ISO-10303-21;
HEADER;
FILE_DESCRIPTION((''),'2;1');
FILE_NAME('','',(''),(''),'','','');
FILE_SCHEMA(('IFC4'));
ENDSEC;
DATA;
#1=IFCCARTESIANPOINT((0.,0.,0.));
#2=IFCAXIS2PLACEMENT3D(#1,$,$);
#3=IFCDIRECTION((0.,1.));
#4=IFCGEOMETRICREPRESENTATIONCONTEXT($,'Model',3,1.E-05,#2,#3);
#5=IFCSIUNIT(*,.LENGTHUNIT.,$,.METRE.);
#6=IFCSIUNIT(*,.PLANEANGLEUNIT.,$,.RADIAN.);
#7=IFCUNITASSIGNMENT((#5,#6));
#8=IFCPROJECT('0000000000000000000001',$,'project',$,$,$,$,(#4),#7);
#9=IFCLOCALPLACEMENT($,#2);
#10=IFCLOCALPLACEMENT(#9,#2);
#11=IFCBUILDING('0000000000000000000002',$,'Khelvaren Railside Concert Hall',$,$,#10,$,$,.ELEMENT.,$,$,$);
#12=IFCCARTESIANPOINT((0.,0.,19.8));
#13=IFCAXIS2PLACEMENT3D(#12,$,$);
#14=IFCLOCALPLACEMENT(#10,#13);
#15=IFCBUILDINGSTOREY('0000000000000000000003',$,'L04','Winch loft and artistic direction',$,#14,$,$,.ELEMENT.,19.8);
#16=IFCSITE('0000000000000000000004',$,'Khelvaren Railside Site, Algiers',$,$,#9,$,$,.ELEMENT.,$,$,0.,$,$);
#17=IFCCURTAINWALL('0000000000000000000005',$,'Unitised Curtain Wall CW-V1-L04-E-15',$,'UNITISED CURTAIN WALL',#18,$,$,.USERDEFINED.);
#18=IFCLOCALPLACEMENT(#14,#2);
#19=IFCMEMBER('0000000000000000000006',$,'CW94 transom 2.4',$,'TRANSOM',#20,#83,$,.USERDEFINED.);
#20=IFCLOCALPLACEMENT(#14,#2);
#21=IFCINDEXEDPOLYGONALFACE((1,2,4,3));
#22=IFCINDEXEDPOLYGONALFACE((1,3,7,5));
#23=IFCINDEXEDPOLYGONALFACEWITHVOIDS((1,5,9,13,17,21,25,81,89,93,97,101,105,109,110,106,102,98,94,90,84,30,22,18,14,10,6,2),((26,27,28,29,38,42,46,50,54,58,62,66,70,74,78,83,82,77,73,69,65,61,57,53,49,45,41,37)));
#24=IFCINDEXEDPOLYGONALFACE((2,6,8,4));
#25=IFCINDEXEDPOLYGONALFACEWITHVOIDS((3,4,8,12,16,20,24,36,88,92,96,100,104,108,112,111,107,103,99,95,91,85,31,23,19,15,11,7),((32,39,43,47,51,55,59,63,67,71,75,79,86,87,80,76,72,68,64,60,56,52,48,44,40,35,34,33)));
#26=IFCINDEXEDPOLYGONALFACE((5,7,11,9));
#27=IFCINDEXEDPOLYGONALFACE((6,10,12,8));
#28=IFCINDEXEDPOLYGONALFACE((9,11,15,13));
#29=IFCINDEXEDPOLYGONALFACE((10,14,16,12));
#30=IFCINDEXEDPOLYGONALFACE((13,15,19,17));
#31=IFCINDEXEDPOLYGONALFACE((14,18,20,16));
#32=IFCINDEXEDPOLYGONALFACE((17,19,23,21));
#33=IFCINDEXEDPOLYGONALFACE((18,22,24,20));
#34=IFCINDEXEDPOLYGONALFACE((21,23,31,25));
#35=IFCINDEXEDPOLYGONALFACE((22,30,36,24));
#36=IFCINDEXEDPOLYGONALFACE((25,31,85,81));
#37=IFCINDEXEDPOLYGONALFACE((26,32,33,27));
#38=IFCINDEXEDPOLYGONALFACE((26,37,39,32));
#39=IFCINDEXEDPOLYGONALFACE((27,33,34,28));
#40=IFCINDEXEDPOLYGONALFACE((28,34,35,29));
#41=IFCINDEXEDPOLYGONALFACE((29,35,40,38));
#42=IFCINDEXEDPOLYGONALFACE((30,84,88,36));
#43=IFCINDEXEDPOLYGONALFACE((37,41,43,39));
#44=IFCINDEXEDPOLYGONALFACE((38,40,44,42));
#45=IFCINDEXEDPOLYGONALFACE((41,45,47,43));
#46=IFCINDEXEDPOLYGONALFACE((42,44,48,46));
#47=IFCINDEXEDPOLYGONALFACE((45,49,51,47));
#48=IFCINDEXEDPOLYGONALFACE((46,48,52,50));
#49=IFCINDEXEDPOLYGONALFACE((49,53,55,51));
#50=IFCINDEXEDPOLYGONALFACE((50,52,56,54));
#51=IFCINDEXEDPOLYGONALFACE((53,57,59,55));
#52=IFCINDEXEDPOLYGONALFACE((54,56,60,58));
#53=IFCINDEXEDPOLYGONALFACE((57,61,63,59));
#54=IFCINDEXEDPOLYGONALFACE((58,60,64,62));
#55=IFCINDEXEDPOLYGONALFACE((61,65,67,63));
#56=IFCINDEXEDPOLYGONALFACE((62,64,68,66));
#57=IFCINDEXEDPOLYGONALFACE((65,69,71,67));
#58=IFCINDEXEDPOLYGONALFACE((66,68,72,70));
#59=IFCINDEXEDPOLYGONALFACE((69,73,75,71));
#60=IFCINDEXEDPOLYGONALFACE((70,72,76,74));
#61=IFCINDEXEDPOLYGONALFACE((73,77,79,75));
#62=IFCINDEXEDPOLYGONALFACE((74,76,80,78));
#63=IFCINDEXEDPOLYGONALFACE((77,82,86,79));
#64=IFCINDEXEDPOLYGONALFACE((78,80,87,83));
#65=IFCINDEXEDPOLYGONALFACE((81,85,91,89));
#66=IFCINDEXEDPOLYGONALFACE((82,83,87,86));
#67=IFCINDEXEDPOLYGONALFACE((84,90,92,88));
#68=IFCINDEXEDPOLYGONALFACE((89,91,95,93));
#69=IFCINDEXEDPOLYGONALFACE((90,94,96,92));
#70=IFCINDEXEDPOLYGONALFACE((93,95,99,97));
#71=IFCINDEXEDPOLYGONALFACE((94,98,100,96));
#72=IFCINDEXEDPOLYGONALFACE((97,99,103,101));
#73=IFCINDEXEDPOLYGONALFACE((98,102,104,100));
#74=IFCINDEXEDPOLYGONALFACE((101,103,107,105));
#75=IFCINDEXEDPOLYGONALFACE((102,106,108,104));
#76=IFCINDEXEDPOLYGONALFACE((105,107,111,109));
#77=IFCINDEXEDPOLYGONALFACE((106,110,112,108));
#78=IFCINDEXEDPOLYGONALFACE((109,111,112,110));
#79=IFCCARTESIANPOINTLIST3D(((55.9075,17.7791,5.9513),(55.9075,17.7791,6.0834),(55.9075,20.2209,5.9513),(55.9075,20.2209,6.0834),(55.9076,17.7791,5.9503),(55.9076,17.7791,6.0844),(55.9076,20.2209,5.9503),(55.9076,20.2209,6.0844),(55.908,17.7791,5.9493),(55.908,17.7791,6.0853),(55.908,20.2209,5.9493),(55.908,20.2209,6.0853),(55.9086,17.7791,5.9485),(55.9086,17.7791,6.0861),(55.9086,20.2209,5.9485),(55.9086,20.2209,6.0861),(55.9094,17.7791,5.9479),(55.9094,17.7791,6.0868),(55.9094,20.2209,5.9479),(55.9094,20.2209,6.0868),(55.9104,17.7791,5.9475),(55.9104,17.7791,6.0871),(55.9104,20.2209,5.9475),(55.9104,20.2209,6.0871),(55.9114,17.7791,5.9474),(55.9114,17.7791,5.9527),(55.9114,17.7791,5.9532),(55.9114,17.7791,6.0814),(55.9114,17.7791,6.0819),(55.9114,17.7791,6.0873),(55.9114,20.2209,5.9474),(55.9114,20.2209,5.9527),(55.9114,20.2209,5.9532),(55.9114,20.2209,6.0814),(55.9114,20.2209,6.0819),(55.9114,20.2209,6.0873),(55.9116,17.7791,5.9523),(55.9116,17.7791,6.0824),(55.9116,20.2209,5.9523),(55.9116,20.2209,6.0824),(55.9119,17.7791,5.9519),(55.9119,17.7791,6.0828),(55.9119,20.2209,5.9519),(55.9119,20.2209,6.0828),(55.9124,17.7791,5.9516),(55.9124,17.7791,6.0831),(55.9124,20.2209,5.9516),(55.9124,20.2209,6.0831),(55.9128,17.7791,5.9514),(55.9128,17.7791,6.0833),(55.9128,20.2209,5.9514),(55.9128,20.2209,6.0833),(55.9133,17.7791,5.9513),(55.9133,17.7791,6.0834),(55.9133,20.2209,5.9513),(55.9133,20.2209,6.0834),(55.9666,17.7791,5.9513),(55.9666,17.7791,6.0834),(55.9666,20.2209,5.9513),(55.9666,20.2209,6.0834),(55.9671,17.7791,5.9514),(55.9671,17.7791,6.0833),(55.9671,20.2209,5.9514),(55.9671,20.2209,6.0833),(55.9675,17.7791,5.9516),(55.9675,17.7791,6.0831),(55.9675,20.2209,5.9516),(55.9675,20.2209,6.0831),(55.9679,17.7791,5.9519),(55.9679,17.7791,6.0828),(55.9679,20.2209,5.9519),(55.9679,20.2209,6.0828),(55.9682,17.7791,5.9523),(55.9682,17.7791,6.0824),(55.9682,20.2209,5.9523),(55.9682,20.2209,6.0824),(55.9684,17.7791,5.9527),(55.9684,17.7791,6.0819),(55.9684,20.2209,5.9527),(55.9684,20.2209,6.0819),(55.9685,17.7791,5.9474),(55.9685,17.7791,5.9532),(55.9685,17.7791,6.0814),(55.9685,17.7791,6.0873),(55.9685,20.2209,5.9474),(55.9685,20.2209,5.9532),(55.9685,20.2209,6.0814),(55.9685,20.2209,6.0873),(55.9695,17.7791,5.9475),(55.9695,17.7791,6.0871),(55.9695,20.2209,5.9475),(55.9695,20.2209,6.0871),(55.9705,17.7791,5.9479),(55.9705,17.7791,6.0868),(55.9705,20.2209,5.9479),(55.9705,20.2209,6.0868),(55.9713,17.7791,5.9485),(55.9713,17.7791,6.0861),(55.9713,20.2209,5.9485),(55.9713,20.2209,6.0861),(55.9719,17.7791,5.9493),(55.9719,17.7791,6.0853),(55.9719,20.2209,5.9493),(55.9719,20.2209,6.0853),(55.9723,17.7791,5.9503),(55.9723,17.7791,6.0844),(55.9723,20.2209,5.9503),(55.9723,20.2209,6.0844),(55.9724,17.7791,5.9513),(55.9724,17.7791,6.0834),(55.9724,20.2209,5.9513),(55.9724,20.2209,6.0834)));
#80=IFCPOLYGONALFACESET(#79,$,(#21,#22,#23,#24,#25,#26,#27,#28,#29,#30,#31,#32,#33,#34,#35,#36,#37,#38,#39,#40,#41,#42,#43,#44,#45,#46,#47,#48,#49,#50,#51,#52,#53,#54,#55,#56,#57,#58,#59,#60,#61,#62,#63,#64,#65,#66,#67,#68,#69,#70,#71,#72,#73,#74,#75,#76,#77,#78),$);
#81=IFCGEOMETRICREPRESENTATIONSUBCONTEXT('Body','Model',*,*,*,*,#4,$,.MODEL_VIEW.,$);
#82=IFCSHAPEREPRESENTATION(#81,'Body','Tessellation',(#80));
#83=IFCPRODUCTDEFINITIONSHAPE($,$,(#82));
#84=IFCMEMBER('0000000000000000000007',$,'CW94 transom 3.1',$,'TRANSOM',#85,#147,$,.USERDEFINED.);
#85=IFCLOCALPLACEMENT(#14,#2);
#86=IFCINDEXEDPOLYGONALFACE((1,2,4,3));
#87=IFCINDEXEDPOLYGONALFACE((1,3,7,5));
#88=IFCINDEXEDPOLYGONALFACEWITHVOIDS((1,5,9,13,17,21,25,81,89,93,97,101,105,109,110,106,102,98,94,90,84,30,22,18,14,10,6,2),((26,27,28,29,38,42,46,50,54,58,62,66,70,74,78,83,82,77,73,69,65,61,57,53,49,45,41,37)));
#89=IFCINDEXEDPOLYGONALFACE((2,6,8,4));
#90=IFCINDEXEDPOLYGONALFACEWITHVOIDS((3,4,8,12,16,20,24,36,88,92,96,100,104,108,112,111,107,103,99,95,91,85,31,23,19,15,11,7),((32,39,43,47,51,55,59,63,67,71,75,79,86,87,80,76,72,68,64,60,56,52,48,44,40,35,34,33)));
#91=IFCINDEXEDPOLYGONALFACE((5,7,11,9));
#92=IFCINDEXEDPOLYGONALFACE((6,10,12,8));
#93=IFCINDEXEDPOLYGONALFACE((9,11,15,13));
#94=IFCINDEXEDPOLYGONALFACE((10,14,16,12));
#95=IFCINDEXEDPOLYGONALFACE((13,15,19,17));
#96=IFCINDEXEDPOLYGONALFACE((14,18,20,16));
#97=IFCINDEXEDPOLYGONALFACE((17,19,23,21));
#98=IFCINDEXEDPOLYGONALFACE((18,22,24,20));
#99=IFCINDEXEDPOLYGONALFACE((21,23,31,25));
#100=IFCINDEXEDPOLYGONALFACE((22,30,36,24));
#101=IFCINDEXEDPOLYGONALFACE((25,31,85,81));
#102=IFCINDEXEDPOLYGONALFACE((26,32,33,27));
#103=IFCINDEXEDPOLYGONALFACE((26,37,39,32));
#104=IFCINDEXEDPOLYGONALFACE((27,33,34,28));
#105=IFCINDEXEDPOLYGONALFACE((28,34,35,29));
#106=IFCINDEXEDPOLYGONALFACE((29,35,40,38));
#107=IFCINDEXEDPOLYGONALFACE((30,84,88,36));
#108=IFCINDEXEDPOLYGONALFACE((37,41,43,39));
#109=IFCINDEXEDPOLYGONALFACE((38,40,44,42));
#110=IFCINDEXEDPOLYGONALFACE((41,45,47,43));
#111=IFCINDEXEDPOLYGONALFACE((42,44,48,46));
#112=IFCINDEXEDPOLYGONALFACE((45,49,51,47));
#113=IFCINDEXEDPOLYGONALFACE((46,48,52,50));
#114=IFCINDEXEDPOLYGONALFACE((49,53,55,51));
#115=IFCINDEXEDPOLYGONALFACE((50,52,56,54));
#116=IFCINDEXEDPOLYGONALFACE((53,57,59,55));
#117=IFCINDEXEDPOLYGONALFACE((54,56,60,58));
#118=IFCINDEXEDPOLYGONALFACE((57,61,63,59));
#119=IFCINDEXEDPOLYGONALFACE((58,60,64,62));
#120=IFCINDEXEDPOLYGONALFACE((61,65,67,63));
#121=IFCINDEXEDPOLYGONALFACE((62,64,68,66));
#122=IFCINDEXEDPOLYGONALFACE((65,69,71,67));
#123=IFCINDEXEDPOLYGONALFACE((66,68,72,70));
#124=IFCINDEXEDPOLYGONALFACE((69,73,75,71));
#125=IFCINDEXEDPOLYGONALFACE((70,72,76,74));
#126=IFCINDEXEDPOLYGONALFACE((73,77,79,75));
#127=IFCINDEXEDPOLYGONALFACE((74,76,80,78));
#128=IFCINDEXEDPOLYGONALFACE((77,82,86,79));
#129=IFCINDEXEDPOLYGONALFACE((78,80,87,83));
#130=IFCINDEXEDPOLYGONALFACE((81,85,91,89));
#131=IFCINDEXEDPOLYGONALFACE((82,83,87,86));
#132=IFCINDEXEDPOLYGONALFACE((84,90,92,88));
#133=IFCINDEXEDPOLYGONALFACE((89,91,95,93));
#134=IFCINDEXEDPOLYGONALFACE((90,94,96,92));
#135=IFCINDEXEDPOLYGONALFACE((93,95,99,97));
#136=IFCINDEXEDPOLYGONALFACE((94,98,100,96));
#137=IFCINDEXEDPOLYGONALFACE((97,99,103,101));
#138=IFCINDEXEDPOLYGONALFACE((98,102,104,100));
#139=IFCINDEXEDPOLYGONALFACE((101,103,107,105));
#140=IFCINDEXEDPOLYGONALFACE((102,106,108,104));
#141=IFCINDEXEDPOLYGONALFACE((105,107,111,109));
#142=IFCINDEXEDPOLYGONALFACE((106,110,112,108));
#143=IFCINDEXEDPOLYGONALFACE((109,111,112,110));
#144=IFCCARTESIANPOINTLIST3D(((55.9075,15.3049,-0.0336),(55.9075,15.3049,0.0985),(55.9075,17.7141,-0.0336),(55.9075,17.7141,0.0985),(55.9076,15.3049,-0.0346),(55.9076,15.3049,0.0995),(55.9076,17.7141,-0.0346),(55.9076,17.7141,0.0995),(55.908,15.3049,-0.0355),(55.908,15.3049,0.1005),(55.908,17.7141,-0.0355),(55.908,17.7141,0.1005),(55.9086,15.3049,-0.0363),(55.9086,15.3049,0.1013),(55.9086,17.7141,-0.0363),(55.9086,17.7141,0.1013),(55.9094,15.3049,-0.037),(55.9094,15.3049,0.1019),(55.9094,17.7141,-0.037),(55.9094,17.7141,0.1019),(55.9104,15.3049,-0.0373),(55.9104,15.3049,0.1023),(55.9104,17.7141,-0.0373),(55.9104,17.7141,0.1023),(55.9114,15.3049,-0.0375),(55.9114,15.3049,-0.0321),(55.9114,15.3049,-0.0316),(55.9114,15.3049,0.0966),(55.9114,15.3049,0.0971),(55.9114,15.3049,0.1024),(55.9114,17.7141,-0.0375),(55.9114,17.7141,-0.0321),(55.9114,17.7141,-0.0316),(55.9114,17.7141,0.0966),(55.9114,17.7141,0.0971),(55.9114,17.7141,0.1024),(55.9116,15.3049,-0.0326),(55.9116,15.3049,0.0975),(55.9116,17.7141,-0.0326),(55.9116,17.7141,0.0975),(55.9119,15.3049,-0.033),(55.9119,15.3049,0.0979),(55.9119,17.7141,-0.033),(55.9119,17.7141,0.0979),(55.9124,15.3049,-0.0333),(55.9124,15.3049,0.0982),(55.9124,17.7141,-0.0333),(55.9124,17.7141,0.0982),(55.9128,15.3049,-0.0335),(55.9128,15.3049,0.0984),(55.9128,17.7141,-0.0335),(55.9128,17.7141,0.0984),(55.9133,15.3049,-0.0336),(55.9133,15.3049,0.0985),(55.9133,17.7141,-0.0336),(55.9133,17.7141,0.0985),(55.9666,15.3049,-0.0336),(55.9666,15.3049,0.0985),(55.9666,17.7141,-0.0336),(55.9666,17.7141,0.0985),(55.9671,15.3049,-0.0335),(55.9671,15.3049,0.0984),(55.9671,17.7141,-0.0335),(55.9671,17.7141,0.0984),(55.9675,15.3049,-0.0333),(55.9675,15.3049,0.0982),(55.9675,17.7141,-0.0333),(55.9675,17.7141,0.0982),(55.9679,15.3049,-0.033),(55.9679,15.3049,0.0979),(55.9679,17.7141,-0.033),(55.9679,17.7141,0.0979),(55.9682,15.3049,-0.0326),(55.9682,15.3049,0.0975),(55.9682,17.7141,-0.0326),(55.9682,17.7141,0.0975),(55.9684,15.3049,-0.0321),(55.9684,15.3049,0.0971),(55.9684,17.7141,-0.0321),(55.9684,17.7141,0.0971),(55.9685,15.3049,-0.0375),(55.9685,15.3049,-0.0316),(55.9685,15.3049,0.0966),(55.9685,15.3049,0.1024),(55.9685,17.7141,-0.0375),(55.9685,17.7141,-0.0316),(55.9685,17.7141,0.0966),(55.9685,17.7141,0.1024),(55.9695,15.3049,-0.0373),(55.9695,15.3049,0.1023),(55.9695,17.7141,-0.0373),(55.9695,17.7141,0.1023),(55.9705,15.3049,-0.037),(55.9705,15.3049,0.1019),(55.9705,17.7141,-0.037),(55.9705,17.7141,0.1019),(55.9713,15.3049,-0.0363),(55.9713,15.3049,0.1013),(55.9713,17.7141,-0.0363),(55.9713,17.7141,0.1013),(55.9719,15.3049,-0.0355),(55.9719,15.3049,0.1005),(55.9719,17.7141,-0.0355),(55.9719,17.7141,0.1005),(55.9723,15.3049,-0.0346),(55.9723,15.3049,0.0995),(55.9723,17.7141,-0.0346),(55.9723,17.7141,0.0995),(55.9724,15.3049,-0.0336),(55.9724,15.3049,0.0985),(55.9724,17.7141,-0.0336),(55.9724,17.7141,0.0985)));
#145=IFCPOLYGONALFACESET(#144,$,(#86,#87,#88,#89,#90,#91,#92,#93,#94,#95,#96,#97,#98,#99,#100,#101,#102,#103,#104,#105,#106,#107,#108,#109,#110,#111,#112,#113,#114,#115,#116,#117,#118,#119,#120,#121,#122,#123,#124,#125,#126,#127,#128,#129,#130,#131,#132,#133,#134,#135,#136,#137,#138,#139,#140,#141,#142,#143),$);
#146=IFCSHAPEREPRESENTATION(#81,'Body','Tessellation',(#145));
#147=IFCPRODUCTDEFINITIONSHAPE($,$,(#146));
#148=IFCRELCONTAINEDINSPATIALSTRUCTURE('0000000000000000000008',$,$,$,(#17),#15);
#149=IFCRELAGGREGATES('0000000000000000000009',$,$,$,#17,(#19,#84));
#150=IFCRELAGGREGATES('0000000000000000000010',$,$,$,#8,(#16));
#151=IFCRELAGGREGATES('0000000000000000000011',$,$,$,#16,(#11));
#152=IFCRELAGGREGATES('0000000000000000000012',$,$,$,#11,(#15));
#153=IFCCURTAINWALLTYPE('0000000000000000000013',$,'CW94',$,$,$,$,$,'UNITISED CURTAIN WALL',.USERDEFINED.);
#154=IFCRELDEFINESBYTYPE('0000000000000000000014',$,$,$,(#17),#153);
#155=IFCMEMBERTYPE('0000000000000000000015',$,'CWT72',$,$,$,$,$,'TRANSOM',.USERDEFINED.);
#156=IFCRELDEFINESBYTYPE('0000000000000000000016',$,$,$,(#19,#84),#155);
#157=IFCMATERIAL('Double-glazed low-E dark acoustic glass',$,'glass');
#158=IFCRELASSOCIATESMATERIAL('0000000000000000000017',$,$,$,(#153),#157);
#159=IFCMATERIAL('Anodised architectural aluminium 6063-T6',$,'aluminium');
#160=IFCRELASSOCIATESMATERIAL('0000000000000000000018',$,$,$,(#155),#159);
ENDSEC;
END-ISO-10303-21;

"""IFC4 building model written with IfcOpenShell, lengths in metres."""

from ifc_helpers import new_model, si_unit, direction, frame, origin, origin_2d, place, context, subcontext, project, spatial, hollow_rectangle, extrude, material, material_profile, profile_set, type_object, element, aggregate, save


model = new_model("IFC4")

# Units and contexts
model_context = context("Model", 3, precision=1e-05, world=origin(), true_north=direction((0.0, 1.0)))
body_context = subcontext(model_context, "Body", "Model", "MODEL_VIEW")
ifc_project = project(units=[si_unit("LENGTHUNIT", "METRE"), si_unit("PLANEANGLEUNIT", "RADIAN")], contexts=[model_context])

# Site, building, storey
site_placement = place(None, origin())
site = spatial("IfcSite", under=ifc_project, at=site_placement, Name="Khelvaren Railside Site, Algiers", CompositionType="ELEMENT", RefElevation=0.0)
building_placement = place(site_placement, origin())
building = spatial("IfcBuilding", under=site, at=building_placement, Name="Khelvaren Railside Concert Hall", CompositionType="ELEMENT")
storey_placement = place(building_placement, frame((0.0, 0.0, 19.8)))
storey = spatial("IfcBuildingStorey", under=building, at=storey_placement, Name="L04", Description="Winch loft and artistic direction", CompositionType="ELEMENT", Elevation=19.8)

# Curtain wall
ifc_material_1 = material(Name="Anodised architectural aluminium 6063-T6", Category="aluminium")
ifc_material_2 = material(Name="Double-glazed low-E dark acoustic glass", Category="glass")
curtain_wall_type_1 = type_object("IfcCurtainWallType", Name="CW94", ElementType="UNITISED CURTAIN WALL", PredefinedType="USERDEFINED", material=ifc_material_2)
curtain_wall_1_placement = place(storey_placement, origin())
curtain_wall_1 = element("IfcCurtainWall", 1, at=curtain_wall_1_placement, inside=storey, type_object=curtain_wall_type_1, Name="Unitised Curtain Wall CW-V1-L04-E-15", ObjectType="UNITISED CURTAIN WALL", PredefinedType="USERDEFINED")

# Members
ifc_material_profile_1 = material_profile(ifc_material_1, hollow_rectangle(XDim=0.0649, YDim=0.1399, WallThickness=0.0039, InnerFilletRadius=0.002, OuterFilletRadius=0.0039, at=origin_2d()), Name="CWT 65x140x4")
ifc_profile_set_1 = profile_set([ifc_material_profile_1], Name="Anodised architectural aluminium 6063-T6")
member_type_1 = type_object("IfcMemberType", Name="CWT72", ElementType="TRANSOM", PredefinedType="USERDEFINED", material=ifc_profile_set_1)
member_1_placement = place(storey_placement, frame((55.9399, 20.2209, 6.0173), z_axis=(0.0, -1.0, 0.0), x_axis=(1.0, 0.0, 0.0)))
member_1 = element("IfcMember", 2, at=member_1_placement, type_object=member_type_1, Name="CW94 transom 2.4", ObjectType="TRANSOM", PredefinedType="USERDEFINED", context=body_context, shape_type="SweptSolid", body=[
    extrude(hollow_rectangle(XDim=0.0649, YDim=0.1399, WallThickness=0.0039, InnerFilletRadius=0.002, OuterFilletRadius=0.0039, at=origin_2d()), origin(), (0.0, 0.0, 1.0), 2.4419),
])
member_2_placement = place(storey_placement, frame((55.9399, 17.7141, 0.0325), z_axis=(0.0, -1.0, 0.0), x_axis=(1.0, 0.0, 0.0)))
member_2 = element("IfcMember", 3, at=member_2_placement, type_object=member_type_1, Name="CW94 transom 3.1", ObjectType="TRANSOM", PredefinedType="USERDEFINED", context=body_context, shape_type="SweptSolid", body=[
    extrude(hollow_rectangle(XDim=0.0649, YDim=0.1399, WallThickness=0.0039, InnerFilletRadius=0.002, OuterFilletRadius=0.0039, at=origin_2d()), origin(), (0.0, 0.0, 1.0), 2.4092),
])

aggregate(curtain_wall_1, [member_1, member_2])

save(model, "model.ifc")
